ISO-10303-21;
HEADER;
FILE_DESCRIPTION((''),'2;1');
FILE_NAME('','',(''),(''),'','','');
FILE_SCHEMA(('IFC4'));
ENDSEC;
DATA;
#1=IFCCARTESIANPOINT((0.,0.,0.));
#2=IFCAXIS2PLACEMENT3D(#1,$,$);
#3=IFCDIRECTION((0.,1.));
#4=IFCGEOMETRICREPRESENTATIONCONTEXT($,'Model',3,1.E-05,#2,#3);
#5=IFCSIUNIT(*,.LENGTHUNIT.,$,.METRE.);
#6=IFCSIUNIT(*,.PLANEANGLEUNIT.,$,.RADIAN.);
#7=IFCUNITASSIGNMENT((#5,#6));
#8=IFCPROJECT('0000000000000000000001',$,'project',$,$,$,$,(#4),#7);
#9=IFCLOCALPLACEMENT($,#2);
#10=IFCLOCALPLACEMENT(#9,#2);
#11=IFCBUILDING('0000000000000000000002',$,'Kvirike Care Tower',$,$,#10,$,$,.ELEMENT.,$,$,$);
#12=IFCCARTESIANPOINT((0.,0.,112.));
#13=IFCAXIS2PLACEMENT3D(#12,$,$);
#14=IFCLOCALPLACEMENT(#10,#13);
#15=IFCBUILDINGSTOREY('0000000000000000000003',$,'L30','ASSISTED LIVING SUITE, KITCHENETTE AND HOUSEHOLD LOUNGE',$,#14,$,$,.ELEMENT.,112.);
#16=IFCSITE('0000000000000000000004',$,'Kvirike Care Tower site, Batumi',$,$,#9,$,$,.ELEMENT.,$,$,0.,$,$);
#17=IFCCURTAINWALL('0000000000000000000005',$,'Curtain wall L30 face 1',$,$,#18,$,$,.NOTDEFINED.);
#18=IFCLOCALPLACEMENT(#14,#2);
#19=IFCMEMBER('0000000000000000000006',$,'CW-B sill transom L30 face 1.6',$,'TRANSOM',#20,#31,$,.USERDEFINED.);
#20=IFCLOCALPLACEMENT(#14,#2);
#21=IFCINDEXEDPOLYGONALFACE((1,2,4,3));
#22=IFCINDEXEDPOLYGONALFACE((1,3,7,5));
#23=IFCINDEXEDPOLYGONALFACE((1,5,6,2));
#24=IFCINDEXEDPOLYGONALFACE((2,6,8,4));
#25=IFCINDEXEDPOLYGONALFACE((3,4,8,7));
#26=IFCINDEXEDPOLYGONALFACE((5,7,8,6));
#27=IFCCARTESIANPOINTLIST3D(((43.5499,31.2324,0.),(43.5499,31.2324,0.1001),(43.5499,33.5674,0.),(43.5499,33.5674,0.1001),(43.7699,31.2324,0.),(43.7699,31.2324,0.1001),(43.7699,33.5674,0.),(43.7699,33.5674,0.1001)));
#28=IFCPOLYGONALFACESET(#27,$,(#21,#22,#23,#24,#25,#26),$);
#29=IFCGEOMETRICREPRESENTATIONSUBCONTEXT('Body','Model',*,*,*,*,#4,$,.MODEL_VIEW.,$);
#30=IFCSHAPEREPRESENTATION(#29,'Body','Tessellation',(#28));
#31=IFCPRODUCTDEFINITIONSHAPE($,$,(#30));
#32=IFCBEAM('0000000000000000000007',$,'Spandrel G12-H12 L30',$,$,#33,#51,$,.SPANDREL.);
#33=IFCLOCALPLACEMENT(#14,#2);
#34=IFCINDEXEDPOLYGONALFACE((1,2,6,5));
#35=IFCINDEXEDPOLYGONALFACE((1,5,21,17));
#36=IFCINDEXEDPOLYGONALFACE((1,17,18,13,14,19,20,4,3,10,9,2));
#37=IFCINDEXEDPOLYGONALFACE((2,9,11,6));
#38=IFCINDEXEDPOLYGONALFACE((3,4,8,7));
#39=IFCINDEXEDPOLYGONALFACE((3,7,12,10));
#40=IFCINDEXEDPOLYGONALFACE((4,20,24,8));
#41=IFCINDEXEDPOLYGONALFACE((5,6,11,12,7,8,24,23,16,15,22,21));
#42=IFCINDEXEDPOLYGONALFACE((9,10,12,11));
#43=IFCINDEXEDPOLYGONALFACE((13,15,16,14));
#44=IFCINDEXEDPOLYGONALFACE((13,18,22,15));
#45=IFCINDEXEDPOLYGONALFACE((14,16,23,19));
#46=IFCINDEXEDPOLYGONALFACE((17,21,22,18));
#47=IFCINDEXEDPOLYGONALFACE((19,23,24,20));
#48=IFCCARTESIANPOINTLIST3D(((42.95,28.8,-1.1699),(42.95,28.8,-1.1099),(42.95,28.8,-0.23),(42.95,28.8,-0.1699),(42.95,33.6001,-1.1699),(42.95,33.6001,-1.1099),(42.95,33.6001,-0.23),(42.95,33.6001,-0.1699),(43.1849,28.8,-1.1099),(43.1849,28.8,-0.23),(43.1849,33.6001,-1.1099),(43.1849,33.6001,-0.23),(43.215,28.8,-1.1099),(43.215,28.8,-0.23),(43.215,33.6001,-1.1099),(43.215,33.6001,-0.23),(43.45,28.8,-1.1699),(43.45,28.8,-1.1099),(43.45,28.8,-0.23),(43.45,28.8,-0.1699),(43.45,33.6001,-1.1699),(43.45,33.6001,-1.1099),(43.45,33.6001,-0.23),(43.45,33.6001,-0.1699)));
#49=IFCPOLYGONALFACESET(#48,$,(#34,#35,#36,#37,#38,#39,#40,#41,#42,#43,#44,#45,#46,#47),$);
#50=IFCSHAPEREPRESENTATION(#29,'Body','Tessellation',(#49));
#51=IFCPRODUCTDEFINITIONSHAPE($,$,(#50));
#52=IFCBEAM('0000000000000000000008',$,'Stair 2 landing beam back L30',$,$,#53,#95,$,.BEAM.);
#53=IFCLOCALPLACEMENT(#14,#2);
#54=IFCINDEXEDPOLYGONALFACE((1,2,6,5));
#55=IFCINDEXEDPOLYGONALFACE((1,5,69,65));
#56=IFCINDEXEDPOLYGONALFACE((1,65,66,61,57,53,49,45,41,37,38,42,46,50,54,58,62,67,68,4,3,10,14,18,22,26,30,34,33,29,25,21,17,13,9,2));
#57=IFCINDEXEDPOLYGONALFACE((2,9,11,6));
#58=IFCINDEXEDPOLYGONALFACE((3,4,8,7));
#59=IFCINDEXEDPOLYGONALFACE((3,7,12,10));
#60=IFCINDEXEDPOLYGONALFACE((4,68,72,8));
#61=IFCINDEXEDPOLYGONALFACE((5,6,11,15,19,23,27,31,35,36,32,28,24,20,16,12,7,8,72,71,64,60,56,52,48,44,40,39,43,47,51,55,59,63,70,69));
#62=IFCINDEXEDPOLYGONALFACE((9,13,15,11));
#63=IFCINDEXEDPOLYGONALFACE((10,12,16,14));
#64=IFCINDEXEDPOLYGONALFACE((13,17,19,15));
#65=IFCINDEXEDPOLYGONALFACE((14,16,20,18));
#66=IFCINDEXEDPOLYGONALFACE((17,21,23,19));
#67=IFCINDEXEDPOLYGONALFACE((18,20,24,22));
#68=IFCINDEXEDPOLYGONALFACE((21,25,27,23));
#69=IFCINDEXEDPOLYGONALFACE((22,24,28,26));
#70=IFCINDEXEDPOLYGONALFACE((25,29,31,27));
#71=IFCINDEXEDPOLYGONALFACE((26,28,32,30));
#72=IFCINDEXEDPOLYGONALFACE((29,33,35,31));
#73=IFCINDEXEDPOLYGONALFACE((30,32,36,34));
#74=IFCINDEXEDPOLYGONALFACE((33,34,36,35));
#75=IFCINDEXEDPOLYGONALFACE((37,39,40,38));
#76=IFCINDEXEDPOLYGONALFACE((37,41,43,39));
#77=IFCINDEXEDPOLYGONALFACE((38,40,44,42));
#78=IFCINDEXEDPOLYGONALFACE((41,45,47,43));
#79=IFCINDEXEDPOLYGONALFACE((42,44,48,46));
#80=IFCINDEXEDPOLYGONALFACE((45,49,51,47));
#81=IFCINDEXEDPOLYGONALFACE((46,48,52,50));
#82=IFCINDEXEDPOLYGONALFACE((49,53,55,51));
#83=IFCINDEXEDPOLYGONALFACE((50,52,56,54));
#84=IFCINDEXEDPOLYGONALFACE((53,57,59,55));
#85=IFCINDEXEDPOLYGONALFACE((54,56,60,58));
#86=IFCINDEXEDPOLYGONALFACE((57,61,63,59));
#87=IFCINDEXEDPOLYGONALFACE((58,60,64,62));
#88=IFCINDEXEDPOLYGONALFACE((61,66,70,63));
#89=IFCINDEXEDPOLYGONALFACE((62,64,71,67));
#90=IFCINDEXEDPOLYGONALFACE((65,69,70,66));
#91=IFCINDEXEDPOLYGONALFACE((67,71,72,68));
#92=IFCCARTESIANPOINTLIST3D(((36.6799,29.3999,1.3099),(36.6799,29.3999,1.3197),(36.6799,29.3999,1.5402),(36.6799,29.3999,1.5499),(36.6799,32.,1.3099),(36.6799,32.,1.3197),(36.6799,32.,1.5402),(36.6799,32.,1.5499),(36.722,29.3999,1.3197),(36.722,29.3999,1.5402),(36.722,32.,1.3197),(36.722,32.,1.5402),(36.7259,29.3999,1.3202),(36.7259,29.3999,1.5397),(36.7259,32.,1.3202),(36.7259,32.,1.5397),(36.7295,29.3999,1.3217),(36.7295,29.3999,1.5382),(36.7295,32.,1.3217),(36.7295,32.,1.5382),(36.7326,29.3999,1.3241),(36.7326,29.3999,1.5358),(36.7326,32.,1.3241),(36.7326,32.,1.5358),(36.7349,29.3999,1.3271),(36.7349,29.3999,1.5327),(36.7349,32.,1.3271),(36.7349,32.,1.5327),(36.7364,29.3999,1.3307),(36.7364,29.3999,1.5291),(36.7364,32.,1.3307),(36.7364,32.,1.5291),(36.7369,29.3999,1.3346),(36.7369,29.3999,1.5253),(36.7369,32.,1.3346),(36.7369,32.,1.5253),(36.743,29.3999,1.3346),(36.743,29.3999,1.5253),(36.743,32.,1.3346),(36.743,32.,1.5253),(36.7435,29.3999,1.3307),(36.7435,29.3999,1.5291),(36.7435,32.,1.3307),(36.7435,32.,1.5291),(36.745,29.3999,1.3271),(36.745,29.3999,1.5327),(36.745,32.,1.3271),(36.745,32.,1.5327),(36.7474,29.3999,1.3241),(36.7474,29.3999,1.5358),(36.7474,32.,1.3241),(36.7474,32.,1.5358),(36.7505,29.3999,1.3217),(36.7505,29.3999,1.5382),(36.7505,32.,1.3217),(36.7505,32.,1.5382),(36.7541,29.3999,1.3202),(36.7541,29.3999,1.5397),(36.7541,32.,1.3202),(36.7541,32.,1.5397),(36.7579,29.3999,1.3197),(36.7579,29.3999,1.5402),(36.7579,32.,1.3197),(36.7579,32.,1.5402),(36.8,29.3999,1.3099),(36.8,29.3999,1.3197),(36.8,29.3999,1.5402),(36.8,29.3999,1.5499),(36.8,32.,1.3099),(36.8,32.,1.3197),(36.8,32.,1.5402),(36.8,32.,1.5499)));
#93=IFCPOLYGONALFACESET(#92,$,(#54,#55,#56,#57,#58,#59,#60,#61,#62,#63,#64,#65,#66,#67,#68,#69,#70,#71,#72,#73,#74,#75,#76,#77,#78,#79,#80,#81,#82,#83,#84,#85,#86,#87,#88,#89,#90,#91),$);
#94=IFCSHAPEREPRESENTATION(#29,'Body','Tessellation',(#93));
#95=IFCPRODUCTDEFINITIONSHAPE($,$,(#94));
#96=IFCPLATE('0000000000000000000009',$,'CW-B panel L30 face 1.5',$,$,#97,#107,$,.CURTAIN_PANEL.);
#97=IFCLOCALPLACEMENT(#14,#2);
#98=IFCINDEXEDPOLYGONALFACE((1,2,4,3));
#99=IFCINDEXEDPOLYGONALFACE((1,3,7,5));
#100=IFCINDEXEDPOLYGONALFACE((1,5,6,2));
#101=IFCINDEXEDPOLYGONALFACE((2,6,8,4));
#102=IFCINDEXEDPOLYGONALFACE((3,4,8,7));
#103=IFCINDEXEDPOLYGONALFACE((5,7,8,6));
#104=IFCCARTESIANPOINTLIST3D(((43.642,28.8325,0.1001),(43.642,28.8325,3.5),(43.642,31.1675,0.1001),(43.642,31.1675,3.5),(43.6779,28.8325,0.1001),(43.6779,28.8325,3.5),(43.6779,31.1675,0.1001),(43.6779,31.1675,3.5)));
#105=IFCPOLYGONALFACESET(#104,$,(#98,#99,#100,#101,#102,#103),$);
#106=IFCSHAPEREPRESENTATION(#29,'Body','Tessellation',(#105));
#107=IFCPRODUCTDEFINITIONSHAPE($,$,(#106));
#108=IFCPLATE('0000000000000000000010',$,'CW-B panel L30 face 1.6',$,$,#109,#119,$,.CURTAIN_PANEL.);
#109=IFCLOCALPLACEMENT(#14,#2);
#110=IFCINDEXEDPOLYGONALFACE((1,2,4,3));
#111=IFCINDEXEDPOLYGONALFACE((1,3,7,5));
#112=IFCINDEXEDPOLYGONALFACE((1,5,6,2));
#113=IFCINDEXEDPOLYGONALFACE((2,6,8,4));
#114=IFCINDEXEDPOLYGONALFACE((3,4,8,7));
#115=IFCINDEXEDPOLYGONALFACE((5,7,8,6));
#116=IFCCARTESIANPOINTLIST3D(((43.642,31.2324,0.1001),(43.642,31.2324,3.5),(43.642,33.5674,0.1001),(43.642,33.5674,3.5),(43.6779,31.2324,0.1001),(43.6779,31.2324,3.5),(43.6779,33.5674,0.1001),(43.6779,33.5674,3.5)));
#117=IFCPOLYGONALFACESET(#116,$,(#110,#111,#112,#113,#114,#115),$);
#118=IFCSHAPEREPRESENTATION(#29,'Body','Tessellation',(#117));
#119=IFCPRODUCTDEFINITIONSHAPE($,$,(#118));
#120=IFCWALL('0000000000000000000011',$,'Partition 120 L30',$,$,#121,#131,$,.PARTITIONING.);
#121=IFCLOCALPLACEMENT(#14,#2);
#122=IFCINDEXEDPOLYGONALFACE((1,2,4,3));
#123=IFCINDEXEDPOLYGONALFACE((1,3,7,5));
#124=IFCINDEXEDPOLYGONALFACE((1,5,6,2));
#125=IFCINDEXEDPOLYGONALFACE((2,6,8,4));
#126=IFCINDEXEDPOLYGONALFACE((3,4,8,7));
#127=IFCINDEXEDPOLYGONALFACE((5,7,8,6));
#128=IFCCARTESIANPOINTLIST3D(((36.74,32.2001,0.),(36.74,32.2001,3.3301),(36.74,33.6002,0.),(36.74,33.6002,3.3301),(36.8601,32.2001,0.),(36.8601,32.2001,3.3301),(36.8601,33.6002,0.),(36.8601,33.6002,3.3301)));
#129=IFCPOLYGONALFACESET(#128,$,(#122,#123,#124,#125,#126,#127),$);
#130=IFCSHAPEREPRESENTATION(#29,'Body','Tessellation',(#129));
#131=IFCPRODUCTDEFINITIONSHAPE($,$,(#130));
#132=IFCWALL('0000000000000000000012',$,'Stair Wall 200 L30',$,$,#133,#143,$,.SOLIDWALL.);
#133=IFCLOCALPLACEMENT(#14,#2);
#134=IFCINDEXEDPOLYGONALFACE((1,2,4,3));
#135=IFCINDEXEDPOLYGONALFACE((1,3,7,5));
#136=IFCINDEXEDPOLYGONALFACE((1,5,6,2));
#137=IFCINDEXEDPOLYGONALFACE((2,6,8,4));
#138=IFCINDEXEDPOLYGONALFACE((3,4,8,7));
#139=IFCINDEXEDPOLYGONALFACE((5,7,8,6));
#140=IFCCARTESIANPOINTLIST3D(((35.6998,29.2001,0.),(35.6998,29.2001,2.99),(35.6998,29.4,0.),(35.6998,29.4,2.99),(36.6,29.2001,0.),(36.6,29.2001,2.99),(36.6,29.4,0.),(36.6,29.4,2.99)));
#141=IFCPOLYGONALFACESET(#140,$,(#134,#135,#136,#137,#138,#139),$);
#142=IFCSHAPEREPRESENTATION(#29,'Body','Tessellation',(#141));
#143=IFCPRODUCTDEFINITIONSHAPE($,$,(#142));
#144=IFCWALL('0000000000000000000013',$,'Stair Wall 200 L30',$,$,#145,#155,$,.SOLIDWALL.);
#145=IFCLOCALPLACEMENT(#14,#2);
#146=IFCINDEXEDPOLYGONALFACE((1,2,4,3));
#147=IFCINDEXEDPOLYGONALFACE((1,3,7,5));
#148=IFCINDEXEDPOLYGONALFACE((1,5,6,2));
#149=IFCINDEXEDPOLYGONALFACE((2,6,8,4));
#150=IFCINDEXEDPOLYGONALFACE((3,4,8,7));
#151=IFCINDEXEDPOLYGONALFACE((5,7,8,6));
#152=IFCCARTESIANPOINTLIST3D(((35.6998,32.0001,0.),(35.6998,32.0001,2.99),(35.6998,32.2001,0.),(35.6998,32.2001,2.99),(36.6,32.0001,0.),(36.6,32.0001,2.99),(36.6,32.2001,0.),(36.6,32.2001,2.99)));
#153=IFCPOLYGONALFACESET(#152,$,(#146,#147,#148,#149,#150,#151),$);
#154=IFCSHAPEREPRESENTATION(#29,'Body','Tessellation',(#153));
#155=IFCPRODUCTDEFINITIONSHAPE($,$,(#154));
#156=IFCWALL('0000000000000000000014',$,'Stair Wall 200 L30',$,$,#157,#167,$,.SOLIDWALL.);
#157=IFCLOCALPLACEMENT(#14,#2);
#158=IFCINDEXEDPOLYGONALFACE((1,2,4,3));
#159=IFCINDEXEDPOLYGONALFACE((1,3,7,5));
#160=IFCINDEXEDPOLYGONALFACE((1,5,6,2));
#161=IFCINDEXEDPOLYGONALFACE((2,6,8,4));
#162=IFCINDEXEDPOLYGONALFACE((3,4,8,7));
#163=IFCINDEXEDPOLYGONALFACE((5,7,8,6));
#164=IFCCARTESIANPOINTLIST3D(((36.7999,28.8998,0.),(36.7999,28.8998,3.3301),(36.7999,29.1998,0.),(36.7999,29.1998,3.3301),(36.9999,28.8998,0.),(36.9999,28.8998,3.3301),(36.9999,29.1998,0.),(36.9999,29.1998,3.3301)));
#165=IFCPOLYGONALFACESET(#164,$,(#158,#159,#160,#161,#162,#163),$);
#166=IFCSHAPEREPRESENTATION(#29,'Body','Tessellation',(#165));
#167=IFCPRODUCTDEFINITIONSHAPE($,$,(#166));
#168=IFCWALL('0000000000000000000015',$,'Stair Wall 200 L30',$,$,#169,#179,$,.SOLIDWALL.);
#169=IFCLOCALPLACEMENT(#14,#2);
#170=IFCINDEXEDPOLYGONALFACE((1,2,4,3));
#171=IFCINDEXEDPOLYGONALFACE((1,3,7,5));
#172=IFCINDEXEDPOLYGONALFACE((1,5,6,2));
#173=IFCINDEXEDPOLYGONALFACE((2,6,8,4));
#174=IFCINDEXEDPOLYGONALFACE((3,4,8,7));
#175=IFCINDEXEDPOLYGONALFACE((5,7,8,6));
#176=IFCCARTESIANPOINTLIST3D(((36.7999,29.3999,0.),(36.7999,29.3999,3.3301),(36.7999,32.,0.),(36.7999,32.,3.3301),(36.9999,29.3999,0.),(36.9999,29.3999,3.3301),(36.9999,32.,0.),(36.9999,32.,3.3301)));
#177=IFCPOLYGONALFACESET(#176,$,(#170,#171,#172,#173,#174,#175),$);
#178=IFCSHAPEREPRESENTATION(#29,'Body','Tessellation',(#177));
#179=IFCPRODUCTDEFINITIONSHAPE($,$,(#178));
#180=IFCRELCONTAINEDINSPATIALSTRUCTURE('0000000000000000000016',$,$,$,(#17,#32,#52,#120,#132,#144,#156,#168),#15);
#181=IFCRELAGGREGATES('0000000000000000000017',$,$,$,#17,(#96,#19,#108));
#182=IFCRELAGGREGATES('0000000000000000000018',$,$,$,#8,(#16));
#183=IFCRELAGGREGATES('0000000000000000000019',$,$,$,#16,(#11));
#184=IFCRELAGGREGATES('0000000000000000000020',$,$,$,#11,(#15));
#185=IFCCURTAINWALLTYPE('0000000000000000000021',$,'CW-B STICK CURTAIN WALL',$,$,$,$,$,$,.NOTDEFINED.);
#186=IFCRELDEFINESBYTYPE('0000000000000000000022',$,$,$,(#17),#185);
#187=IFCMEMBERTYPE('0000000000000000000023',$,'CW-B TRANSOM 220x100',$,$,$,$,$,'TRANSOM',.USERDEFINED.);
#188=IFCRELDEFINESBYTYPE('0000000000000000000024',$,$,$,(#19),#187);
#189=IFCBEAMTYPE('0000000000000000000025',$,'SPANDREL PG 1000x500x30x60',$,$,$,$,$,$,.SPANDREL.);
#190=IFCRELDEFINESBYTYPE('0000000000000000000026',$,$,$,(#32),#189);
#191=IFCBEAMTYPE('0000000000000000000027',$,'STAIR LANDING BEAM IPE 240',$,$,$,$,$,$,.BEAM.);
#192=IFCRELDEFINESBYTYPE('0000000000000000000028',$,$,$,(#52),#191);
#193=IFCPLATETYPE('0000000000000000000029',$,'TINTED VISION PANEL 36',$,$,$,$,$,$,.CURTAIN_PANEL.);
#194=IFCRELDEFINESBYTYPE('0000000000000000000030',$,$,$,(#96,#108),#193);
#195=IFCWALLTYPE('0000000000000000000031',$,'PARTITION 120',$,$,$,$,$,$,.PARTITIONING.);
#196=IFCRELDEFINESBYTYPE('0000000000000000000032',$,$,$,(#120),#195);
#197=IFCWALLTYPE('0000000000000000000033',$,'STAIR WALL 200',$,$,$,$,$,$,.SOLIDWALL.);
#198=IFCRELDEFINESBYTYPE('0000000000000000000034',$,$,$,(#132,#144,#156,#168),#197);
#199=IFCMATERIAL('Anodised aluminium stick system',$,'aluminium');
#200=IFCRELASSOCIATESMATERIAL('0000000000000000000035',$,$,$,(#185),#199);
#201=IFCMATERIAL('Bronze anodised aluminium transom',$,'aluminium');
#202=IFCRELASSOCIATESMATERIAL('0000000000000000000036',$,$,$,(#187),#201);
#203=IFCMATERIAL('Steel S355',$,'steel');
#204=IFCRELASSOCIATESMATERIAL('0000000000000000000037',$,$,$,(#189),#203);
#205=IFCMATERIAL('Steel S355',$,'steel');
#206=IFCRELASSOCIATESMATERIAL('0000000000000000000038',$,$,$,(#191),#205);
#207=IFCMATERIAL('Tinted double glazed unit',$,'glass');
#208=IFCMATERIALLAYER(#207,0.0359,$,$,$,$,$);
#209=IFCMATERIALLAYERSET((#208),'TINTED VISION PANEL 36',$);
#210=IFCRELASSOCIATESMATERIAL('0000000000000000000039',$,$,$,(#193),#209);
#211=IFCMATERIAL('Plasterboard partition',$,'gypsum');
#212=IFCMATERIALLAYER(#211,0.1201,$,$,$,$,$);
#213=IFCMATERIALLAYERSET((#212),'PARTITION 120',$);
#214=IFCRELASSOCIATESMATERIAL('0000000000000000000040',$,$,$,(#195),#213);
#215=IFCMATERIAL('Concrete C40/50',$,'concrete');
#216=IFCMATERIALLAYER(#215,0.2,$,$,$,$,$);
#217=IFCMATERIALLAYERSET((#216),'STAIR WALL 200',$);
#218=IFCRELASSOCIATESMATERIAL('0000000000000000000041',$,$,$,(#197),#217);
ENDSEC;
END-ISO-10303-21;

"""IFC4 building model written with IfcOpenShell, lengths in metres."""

from ifc_helpers import new_model, si_unit, direction, frame, frame_2d, origin, origin_2d, place, context, subcontext, project, spatial, rectangle, i_section, extrude, material, layer, layer_set, material_profile, profile_set, type_object, element, aggregate, save


model = new_model("IFC4")

# Units and contexts
model_context = context("Model", 3, precision=1e-05, world=origin(), true_north=direction((0.0, 1.0)))
body_context = subcontext(model_context, "Body", "Model", "MODEL_VIEW")
ifc_project = project(units=[si_unit("LENGTHUNIT", "METRE"), si_unit("PLANEANGLEUNIT", "RADIAN")], contexts=[model_context])

# Site, building, storey
site_placement = place(None, origin())
site = spatial("IfcSite", under=ifc_project, at=site_placement, Name="Kvirike Care Tower site, Batumi", CompositionType="ELEMENT", RefElevation=0.0)
building_placement = place(site_placement, origin())
building = spatial("IfcBuilding", under=site, at=building_placement, Name="Kvirike Care Tower", CompositionType="ELEMENT")
storey_placement = place(building_placement, frame((0.0, 0.0, 112.0)))
storey = spatial("IfcBuildingStorey", under=building, at=storey_placement, Name="L30", Description="ASSISTED LIVING SUITE, KITCHENETTE AND HOUSEHOLD LOUNGE", CompositionType="ELEMENT", Elevation=112.0)

# Curtain wall, member
ifc_material_1 = material(Name="Anodised aluminium stick system", Category="aluminium")
curtain_wall_type = type_object("IfcCurtainWallType", Name="CW-B STICK CURTAIN WALL", PredefinedType="NOTDEFINED", material=ifc_material_1)
curtain_wall_placement = place(storey_placement, origin())
curtain_wall = element("IfcCurtainWall", 1, at=curtain_wall_placement, inside=storey, type_object=curtain_wall_type, Name="Curtain wall L30 face 1", PredefinedType="NOTDEFINED")
ifc_material_2 = material(Name="Bronze anodised aluminium transom", Category="aluminium")
ifc_material_profile_1 = material_profile(ifc_material_2, rectangle(XDim=0.22, YDim=0.1001, at=origin_2d()), Name="CW-B TRANSOM 220x100")
ifc_profile_set_1 = profile_set([ifc_material_profile_1], Name="Bronze anodised aluminium transom")
member_type_1 = type_object("IfcMemberType", Name="CW-B TRANSOM 220x100", ElementType="TRANSOM", PredefinedType="USERDEFINED", material=ifc_profile_set_1)
member_1_placement = place(storey_placement, frame((43.6599, 31.2324, 0.05), z_axis=(0.0, 1.0, 0.0), x_axis=(-1.0, 0.0, 0.0)))
member_1 = element("IfcMember", 2, at=member_1_placement, type_object=member_type_1, Name="CW-B sill transom L30 face 1.6", ObjectType="TRANSOM", PredefinedType="USERDEFINED", context=body_context, shape_type="SweptSolid", body=[
    extrude(rectangle(XDim=0.22, YDim=0.1001, at=origin_2d()), origin(), (0.0, 0.0, 1.0), 2.335),
])

# Beams
ifc_material_3 = material(Name="Steel S355", Category="steel")
ifc_material_profile_2 = material_profile(ifc_material_3, i_section(OverallWidth=0.5, OverallDepth=1.0, WebThickness=0.03, FlangeThickness=0.0601, at=origin_2d()), Name="PG 1000x500x30x60")
ifc_profile_set_2 = profile_set([ifc_material_profile_2], Name="Steel S355")
beam_type_1 = type_object("IfcBeamType", Name="SPANDREL PG 1000x500x30x60", PredefinedType="SPANDREL", material=ifc_profile_set_2)
beam_1_placement = place(storey_placement, frame((43.2, 28.8, -0.6699), z_axis=(0.0, 1.0, 0.0), x_axis=(-1.0, 0.0, 0.0)))
element("IfcBeam", 3, at=beam_1_placement, inside=storey, type_object=beam_type_1, Name="Spandrel G12-H12 L30", PredefinedType="SPANDREL", context=body_context, shape_type="SweptSolid", body=[
    extrude(i_section(OverallWidth=0.5, OverallDepth=1.0, WebThickness=0.03, FlangeThickness=0.0601, at=origin_2d()), origin(), (0.0, 0.0, 1.0), 4.8),
])
ifc_material_4 = material(Name="Steel S355", Category="steel")
ifc_material_profile_3 = material_profile(ifc_material_4, i_section(OverallWidth=0.1201, OverallDepth=0.24, WebThickness=0.0061, FlangeThickness=0.0098, FilletRadius=0.0149, at=origin_2d()), Name="IPE 240")
ifc_profile_set_3 = profile_set([ifc_material_profile_3], Name="Steel S355")
beam_type_2 = type_object("IfcBeamType", Name="STAIR LANDING BEAM IPE 240", PredefinedType="BEAM", material=ifc_profile_set_3)
beam_2_placement = place(storey_placement, frame((36.74, 29.3999, 1.4299), z_axis=(0.0, 1.0, 0.0), x_axis=(-1.0, 0.0, 0.0)))
element("IfcBeam", 4, at=beam_2_placement, inside=storey, type_object=beam_type_2, Name="Stair 2 landing beam back L30", PredefinedType="BEAM", context=body_context, shape_type="SweptSolid", body=[
    extrude(i_section(OverallWidth=0.1201, OverallDepth=0.24, WebThickness=0.0061, FlangeThickness=0.0098, FilletRadius=0.0149, at=origin_2d()), origin(), (0.0, 0.0, 1.0), 2.6001),
])

# Plates
ifc_material_5 = material(Name="Tinted double glazed unit", Category="glass")
ifc_layer_1 = layer(ifc_material_5, 0.0359)
ifc_layer_set_1 = layer_set([ifc_layer_1], Name="TINTED VISION PANEL 36")
plate_type = type_object("IfcPlateType", Name="TINTED VISION PANEL 36", PredefinedType="CURTAIN_PANEL", material=ifc_layer_set_1)
plate_1_placement = place(storey_placement, frame((43.6599, 30.0, 0.1001), z_axis=(0.0, 0.0, 1.0), x_axis=(0.0, 1.0, 0.0)))
plate_1 = element("IfcPlate", 5, at=plate_1_placement, type_object=plate_type, Name="CW-B panel L30 face 1.5", PredefinedType="CURTAIN_PANEL", context=body_context, shape_type="SweptSolid", body=[
    extrude(rectangle(XDim=2.335, YDim=0.0359, at=origin_2d()), origin(), (0.0, 0.0, 1.0), 3.3999),
])
plate_2_placement = place(storey_placement, frame((43.6599, 32.3999, 0.1001), z_axis=(0.0, 0.0, 1.0), x_axis=(0.0, 1.0, 0.0)))
plate_2 = element("IfcPlate", 6, at=plate_2_placement, type_object=plate_type, Name="CW-B panel L30 face 1.6", PredefinedType="CURTAIN_PANEL", context=body_context, shape_type="SweptSolid", body=[
    extrude(rectangle(XDim=2.335, YDim=0.0359, at=origin_2d()), origin(), (0.0, 0.0, 1.0), 3.3999),
])
aggregate(curtain_wall, [plate_1, member_1, plate_2])

# Walls
ifc_material_6 = material(Name="Plasterboard partition", Category="gypsum")
ifc_layer_2 = layer(ifc_material_6, 0.1201)
ifc_layer_set_2 = layer_set([ifc_layer_2], Name="PARTITION 120")
wall_type_1 = type_object("IfcWallType", Name="PARTITION 120", PredefinedType="PARTITIONING", material=ifc_layer_set_2)
wall_1_placement = place(storey_placement, frame((36.8, 32.2, 0.0), z_axis=(0.0, 0.0, 1.0), x_axis=(0.0, 1.0, 0.0)))
element("IfcWall", 7, at=wall_1_placement, inside=storey, type_object=wall_type_1, Name="Partition 120 L30", PredefinedType="PARTITIONING", context=body_context, shape_type="SweptSolid", body=[
    extrude(rectangle(XDim=1.4001, YDim=0.1201, at=frame_2d((0.7002, 0.0))), origin(), (0.0, 0.0, 1.0), 3.3301),
])
ifc_material_7 = material(Name="Concrete C40/50", Category="concrete")
ifc_layer_3 = layer(ifc_material_7, 0.2)
ifc_layer_set_3 = layer_set([ifc_layer_3], Name="STAIR WALL 200")
wall_type_2 = type_object("IfcWallType", Name="STAIR WALL 200", PredefinedType="SOLIDWALL", material=ifc_layer_set_3)
for number, where, z_axis, x_axis, name in (
    (8, (36.6001, 29.3, 0.0), (0.0, 0.0, 1.0), (-1.0, 0.0, 0.0), "Stair Wall 200 L30"),
    (9, (36.6001, 32.1001, 0.0), (0.0, 0.0, 1.0), (-1.0, 0.0, 0.0), "Stair Wall 200 L30"),
):
    element("IfcWall", number, at=place(storey_placement, frame(where, z_axis=z_axis, x_axis=x_axis)), inside=storey, type_object=wall_type_2, Name=name, PredefinedType="SOLIDWALL", context=body_context, shape_type="SweptSolid", body=[
        extrude(rectangle(XDim=0.9001, YDim=0.2, at=frame_2d((0.4502, 0.0))), origin(), (0.0, 0.0, 1.0), 2.99),
    ])
wall_2_placement = place(storey_placement, frame((36.8999, 28.8999, 0.0), z_axis=(0.0, 0.0, 1.0), x_axis=(0.0, 1.0, 0.0)))
element("IfcWall", 10, at=wall_2_placement, inside=storey, type_object=wall_type_2, Name="Stair Wall 200 L30", PredefinedType="SOLIDWALL", context=body_context, shape_type="SweptSolid", body=[
    extrude(rectangle(XDim=0.3, YDim=0.2, at=frame_2d((0.1499, 0.0))), origin(), (0.0, 0.0, 1.0), 3.3301),
])
wall_3_placement = place(storey_placement, frame((36.8999, 29.3999, 0.0), z_axis=(0.0, 0.0, 1.0), x_axis=(0.0, 1.0, 0.0)))
element("IfcWall", 11, at=wall_3_placement, inside=storey, type_object=wall_type_2, Name="Stair Wall 200 L30", PredefinedType="SOLIDWALL", context=body_context, shape_type="SweptSolid", body=[
    extrude(rectangle(XDim=2.6001, YDim=0.2, at=frame_2d((1.3, 0.0))), origin(), (0.0, 0.0, 1.0), 3.3301),
])

save(model, "model.ifc")
